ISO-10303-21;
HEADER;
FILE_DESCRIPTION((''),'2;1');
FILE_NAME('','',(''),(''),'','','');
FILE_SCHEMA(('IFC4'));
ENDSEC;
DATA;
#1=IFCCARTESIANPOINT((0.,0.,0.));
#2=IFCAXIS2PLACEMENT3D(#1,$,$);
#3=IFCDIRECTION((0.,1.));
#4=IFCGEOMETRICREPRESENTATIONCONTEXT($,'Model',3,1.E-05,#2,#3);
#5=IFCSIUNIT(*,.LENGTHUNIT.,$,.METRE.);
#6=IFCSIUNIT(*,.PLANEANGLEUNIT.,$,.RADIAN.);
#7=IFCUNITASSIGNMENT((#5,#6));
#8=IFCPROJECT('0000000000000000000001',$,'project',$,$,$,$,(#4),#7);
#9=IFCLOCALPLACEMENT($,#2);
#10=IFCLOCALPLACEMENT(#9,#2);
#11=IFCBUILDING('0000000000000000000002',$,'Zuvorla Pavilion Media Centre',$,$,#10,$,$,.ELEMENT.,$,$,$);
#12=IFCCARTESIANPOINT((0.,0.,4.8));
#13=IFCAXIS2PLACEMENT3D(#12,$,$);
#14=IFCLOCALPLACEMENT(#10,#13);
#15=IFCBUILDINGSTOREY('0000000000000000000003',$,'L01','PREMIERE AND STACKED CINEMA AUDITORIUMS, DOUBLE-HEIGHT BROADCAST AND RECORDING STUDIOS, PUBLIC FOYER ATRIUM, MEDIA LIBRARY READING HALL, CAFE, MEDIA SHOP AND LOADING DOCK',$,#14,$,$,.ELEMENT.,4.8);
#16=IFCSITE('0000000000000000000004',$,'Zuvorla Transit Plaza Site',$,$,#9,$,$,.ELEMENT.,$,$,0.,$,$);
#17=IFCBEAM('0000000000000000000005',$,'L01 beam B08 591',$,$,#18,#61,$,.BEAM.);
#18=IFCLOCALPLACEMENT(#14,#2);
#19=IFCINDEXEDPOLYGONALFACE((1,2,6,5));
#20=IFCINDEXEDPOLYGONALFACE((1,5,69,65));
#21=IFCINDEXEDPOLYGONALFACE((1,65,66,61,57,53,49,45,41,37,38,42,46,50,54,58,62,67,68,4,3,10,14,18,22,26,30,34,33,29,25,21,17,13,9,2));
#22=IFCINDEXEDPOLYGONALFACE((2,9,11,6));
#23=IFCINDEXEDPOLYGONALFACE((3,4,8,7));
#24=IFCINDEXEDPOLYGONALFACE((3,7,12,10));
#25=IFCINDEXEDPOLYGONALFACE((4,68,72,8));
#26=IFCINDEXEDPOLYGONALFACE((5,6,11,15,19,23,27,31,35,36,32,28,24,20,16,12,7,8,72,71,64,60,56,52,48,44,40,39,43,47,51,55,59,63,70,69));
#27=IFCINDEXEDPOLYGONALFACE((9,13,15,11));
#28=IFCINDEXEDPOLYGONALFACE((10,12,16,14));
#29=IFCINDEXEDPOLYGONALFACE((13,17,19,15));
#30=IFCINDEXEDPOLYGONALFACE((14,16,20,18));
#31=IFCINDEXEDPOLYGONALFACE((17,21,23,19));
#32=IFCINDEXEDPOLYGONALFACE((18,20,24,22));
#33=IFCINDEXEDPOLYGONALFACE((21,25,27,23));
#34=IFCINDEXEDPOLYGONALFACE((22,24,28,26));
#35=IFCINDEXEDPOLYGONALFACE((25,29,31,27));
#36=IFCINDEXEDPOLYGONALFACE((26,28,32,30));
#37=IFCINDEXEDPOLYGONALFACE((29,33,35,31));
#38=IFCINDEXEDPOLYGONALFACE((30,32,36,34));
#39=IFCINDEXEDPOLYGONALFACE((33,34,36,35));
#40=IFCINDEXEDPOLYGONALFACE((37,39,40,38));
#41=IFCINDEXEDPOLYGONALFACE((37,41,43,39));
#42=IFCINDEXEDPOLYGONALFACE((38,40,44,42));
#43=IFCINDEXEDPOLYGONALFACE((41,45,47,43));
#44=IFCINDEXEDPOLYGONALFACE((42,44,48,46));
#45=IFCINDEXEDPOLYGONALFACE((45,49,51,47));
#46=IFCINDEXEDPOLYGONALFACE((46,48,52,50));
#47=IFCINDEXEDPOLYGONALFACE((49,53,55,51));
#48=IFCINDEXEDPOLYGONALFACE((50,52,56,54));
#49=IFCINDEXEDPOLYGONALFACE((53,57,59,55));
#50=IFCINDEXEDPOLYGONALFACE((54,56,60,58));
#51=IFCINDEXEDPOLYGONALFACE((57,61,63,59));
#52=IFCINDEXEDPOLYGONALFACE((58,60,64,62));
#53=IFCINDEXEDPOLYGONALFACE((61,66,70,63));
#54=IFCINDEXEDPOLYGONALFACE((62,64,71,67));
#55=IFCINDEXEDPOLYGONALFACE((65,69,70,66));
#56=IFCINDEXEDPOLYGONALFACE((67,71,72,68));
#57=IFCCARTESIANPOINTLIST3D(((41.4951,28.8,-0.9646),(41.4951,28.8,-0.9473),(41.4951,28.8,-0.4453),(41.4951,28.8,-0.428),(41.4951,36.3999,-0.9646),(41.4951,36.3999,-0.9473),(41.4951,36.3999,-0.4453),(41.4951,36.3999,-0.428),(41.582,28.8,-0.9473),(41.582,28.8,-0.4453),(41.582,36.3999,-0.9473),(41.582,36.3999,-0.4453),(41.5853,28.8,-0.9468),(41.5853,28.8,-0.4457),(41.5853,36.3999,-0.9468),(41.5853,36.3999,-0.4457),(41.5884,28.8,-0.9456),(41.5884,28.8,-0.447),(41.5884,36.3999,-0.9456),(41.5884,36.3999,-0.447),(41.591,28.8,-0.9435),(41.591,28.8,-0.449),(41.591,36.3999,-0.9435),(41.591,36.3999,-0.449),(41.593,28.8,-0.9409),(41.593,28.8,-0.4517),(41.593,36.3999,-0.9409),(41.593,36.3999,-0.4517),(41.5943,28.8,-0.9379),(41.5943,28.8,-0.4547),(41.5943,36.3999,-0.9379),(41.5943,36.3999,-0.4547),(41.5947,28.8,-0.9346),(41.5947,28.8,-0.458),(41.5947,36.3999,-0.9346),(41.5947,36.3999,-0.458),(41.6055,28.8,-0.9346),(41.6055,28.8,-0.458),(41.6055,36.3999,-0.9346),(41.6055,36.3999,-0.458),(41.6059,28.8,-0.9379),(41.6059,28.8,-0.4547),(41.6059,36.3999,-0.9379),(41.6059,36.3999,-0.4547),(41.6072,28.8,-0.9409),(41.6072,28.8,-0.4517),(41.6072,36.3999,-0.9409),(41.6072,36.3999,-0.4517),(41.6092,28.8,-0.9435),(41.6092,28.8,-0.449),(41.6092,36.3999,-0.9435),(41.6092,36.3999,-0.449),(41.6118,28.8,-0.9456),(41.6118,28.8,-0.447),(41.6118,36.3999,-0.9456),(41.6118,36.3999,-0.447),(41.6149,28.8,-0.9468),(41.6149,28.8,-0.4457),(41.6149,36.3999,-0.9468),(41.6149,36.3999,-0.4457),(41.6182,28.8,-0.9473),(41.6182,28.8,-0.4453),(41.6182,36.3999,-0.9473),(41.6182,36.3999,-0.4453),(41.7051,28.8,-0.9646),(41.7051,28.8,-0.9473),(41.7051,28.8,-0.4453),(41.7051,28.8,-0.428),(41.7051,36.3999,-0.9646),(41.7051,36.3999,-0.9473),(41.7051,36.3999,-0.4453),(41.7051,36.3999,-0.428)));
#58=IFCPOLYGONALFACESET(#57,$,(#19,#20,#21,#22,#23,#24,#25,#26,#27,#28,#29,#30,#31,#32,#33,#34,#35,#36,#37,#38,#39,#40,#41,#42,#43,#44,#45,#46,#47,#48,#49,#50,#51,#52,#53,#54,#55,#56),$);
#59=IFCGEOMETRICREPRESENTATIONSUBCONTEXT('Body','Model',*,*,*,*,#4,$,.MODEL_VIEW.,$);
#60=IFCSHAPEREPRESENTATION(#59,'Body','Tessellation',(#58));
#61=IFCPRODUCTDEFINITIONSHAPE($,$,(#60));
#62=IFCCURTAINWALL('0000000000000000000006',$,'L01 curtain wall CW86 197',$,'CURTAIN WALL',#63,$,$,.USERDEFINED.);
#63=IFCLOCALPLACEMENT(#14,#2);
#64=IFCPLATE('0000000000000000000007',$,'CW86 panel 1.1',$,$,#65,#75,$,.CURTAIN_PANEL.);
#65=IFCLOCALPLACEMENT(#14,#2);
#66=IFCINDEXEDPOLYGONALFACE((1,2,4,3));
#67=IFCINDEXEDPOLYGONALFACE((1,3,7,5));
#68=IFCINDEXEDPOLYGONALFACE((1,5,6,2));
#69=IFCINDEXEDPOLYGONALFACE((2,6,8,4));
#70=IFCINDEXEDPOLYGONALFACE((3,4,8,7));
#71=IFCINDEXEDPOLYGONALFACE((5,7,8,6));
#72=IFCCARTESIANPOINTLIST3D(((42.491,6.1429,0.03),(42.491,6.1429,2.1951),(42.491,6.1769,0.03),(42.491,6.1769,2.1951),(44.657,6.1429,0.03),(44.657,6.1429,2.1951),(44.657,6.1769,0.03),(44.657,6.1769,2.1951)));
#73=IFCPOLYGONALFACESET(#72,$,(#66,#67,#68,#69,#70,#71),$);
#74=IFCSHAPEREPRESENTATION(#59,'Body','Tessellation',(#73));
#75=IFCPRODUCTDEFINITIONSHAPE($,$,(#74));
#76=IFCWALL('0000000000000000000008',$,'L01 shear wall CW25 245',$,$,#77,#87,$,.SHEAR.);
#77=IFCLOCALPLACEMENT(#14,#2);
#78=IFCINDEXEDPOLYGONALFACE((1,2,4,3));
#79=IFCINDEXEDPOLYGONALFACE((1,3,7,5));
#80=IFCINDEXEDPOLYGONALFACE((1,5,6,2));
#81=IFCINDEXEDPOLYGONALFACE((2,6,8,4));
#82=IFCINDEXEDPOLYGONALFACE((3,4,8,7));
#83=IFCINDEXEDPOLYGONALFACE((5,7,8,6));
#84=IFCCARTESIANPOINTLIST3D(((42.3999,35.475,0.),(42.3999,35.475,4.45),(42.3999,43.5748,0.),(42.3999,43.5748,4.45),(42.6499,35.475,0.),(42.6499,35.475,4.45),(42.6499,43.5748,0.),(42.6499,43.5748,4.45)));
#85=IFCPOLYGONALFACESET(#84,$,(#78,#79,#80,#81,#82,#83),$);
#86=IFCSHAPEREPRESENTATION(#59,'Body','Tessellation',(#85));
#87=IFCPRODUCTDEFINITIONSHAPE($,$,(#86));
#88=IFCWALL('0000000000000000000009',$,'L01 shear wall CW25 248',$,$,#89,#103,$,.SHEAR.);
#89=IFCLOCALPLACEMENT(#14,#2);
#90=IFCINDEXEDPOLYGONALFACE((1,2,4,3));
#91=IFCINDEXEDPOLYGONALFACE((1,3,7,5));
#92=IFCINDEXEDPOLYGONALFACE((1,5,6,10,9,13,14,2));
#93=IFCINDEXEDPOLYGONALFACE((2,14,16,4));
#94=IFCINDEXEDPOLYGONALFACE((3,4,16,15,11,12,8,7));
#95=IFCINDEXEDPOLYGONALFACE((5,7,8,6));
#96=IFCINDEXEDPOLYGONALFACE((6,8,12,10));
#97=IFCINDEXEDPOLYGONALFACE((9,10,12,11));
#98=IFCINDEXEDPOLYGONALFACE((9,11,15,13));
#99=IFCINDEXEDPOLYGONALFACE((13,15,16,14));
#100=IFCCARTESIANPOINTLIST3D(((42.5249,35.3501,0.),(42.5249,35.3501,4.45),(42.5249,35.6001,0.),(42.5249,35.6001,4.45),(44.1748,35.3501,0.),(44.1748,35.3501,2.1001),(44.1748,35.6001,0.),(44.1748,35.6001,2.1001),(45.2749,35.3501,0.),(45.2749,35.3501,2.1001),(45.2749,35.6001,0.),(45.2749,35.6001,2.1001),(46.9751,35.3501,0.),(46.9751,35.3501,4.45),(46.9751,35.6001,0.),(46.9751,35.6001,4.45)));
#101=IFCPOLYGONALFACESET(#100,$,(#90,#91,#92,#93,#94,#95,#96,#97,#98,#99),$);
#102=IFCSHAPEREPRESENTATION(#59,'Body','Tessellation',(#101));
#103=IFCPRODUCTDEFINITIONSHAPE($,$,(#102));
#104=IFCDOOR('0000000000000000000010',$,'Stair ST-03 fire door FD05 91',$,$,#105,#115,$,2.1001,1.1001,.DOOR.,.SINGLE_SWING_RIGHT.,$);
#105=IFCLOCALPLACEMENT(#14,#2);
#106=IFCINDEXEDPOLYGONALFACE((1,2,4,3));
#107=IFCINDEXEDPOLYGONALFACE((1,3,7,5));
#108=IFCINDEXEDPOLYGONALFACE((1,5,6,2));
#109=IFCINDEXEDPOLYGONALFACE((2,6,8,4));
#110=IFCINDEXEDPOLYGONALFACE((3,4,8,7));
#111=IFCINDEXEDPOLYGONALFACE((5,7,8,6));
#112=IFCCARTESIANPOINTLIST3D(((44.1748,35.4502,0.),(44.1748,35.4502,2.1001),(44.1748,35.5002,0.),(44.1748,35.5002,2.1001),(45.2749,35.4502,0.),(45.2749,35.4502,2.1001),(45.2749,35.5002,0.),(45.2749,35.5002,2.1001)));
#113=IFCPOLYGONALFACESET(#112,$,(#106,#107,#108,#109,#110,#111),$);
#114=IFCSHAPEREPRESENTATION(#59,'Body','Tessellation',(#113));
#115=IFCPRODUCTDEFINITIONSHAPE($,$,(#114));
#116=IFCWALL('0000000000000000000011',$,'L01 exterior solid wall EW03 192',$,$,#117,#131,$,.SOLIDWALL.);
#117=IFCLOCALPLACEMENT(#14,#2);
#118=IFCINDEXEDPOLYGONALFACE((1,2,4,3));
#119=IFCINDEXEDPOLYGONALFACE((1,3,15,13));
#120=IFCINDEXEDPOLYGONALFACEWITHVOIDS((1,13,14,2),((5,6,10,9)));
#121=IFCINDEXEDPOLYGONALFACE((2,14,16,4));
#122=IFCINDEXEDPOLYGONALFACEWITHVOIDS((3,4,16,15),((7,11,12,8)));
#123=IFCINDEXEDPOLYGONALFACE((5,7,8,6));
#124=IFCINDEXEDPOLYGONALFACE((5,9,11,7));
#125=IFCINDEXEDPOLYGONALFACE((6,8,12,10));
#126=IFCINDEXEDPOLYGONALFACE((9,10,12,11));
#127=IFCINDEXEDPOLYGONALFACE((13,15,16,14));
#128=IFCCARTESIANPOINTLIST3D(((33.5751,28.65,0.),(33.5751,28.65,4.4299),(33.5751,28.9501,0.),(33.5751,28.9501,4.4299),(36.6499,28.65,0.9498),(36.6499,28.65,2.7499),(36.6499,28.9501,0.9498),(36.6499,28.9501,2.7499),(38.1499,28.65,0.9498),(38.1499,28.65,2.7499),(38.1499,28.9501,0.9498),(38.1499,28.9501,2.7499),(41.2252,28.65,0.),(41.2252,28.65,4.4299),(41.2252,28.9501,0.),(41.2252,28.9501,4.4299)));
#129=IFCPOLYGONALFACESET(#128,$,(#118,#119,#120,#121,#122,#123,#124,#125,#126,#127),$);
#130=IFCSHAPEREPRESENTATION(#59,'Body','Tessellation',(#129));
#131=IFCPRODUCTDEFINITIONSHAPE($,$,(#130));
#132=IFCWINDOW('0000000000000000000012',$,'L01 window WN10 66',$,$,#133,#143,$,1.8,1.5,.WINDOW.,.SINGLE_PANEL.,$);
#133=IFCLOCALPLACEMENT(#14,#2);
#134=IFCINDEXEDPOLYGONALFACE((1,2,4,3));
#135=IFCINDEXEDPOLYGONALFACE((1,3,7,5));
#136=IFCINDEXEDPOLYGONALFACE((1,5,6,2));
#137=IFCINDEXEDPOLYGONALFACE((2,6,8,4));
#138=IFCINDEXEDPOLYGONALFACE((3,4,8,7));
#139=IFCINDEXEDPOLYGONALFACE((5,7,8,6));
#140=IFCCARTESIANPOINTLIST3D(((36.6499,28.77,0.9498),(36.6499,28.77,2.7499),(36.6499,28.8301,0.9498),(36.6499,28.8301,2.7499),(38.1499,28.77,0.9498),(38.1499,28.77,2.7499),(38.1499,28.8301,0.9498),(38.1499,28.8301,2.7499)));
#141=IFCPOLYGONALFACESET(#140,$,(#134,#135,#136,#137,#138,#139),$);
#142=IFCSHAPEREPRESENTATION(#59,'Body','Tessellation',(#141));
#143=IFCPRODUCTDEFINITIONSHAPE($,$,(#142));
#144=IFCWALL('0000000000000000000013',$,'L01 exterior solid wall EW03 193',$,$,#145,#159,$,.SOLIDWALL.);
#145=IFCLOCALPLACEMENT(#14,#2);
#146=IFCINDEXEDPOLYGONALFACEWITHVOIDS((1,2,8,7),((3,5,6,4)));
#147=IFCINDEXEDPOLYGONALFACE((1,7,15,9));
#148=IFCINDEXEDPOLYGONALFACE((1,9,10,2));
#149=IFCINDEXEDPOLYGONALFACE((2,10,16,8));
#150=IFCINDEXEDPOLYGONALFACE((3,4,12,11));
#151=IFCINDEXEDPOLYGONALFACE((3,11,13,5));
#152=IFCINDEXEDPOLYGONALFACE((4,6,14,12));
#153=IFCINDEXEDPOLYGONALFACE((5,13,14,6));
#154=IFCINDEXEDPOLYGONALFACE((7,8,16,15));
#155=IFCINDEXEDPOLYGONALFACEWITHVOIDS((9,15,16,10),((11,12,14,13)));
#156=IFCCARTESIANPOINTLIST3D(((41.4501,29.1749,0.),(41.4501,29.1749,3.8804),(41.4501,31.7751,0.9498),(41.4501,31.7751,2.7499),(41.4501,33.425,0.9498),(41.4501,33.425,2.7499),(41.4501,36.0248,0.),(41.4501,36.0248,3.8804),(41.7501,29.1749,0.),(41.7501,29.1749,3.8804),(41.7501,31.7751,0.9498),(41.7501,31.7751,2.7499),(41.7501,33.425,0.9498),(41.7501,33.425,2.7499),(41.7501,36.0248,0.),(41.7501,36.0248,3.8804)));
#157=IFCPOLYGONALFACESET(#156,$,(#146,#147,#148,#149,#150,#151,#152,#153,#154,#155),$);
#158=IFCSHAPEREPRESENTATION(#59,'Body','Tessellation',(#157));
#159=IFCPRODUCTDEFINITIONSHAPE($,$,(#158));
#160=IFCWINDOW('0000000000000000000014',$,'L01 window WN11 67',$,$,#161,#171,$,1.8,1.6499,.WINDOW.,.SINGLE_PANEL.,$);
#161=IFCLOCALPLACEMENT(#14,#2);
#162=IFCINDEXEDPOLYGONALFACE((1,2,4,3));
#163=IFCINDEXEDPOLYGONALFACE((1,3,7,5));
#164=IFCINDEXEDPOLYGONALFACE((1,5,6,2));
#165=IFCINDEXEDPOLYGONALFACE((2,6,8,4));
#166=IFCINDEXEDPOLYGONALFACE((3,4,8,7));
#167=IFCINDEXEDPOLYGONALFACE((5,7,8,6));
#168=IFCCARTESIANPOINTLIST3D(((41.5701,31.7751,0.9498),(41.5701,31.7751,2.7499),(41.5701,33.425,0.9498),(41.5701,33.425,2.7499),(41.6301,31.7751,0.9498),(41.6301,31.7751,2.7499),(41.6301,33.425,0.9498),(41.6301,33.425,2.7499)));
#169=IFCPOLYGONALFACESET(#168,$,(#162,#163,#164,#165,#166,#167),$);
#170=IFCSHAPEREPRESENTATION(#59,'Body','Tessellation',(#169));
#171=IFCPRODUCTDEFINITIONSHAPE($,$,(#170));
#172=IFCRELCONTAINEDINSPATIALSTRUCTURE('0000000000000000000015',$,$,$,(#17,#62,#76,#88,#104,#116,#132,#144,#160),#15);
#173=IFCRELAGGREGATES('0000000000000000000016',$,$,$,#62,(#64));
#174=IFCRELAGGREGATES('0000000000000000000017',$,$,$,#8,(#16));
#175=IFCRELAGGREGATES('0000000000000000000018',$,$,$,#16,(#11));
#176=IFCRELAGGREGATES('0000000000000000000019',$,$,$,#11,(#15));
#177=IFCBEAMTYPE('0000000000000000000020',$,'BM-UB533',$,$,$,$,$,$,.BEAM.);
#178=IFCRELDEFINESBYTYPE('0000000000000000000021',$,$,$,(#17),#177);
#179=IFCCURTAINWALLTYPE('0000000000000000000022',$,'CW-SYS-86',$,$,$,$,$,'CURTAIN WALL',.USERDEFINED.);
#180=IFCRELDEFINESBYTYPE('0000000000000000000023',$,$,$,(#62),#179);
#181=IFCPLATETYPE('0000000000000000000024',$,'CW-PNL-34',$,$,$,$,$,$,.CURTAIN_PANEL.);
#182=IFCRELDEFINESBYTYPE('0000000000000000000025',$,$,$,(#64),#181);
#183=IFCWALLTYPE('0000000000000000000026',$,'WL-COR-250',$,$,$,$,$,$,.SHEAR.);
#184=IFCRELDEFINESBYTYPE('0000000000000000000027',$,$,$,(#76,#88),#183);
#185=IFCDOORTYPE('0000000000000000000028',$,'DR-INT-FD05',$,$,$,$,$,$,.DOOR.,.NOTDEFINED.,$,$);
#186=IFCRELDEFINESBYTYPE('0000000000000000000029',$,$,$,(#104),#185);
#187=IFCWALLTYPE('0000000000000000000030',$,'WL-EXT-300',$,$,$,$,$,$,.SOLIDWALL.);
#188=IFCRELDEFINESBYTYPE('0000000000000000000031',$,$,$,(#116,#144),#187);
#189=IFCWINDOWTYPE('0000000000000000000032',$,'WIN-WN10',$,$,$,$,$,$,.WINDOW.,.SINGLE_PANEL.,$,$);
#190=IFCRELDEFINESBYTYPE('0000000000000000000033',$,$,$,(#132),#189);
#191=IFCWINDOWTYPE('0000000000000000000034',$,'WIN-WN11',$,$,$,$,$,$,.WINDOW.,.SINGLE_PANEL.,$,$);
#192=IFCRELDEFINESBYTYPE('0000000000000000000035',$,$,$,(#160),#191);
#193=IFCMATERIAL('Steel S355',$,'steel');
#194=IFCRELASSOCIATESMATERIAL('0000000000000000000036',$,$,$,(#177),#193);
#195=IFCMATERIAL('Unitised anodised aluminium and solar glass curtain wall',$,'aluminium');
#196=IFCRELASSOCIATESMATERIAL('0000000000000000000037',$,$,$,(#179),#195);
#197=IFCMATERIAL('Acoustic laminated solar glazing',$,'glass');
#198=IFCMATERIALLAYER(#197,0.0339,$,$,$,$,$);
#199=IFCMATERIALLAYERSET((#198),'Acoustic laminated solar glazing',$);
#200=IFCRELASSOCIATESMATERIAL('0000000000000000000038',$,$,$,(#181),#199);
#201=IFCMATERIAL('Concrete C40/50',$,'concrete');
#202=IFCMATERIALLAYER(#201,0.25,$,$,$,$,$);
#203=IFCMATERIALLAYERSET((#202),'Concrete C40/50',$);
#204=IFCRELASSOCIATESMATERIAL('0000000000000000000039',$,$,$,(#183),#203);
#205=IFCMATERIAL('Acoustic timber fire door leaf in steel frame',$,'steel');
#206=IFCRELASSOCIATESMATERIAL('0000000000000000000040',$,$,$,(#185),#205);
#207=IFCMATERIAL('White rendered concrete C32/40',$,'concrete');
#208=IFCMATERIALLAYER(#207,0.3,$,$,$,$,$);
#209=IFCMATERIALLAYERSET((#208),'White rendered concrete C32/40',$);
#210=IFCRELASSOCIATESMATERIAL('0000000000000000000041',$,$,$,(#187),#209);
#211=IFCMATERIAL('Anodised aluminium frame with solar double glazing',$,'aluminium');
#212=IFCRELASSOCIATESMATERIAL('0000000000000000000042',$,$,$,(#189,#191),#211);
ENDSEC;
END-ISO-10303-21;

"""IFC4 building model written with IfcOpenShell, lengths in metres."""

from ifc_helpers import new_model, si_unit, direction, frame, frame_2d, origin, origin_2d, place, context, subcontext, project, spatial, rectangle, i_section, extrude, material, layer, layer_set, material_profile, profile_set, type_object, element, fill, aggregate, save


model = new_model("IFC4")

# Units and contexts
model_context = context("Model", 3, precision=1e-05, world=origin(), true_north=direction((0.0, 1.0)))
body_context = subcontext(model_context, "Body", "Model", "MODEL_VIEW")
ifc_project = project(units=[si_unit("LENGTHUNIT", "METRE"), si_unit("PLANEANGLEUNIT", "RADIAN")], contexts=[model_context])

# Site, building, storey
site_placement = place(None, origin())
site = spatial("IfcSite", under=ifc_project, at=site_placement, Name="Zuvorla Transit Plaza Site", CompositionType="ELEMENT", RefElevation=0.0)
building_placement = place(site_placement, origin())
building = spatial("IfcBuilding", under=site, at=building_placement, Name="Zuvorla Pavilion Media Centre", CompositionType="ELEMENT")
storey_placement = place(building_placement, frame((0.0, 0.0, 4.8)))
storey = spatial("IfcBuildingStorey", under=building, at=storey_placement, Name="L01", Description="PREMIERE AND STACKED CINEMA AUDITORIUMS, DOUBLE-HEIGHT BROADCAST AND RECORDING STUDIOS, PUBLIC FOYER ATRIUM, MEDIA LIBRARY READING HALL, CAFE, MEDIA SHOP AND LOADING DOCK", CompositionType="ELEMENT", Elevation=4.8)

# Shared definitions
ifc_material_1 = material(Name="Concrete C40/50", Category="concrete")

# Beam
ifc_material_2 = material(Name="Steel S355", Category="steel")
ifc_material_profile_1 = material_profile(ifc_material_2, i_section(OverallWidth=0.21, OverallDepth=0.5366, WebThickness=0.0107, FlangeThickness=0.0173, FilletRadius=0.0127, at=origin_2d()), Name="UB 533x210x101")
ifc_profile_set_1 = profile_set([ifc_material_profile_1], Name="Steel S355")
beam_type_1 = type_object("IfcBeamType", Name="BM-UB533", PredefinedType="BEAM", material=ifc_profile_set_1)
beam_1_placement = place(storey_placement, frame((41.6001, 28.8, -0.6963), z_axis=(0.0, 1.0, 0.0), x_axis=(-1.0, 0.0, 0.0)))
element("IfcBeam", 1, at=beam_1_placement, inside=storey, type_object=beam_type_1, Name="L01 beam B08 591", PredefinedType="BEAM", context=body_context, shape_type="SweptSolid", body=[
    extrude(i_section(OverallWidth=0.21, OverallDepth=0.5366, WebThickness=0.0107, FlangeThickness=0.0173, FilletRadius=0.0127, at=origin_2d()), origin(), (0.0, 0.0, 1.0), 7.5999),
])

# Curtain wall, plate
ifc_material_3 = material(Name="Unitised anodised aluminium and solar glass curtain wall", Category="aluminium")
curtain_wall_type = type_object("IfcCurtainWallType", Name="CW-SYS-86", ElementType="CURTAIN WALL", PredefinedType="USERDEFINED", material=ifc_material_3)
curtain_wall_placement = place(storey_placement, origin())
curtain_wall = element("IfcCurtainWall", 2, at=curtain_wall_placement, inside=storey, type_object=curtain_wall_type, Name="L01 curtain wall CW86 197", ObjectType="CURTAIN WALL", PredefinedType="USERDEFINED")
ifc_material_4 = material(Name="Acoustic laminated solar glazing", Category="glass")
ifc_layer_1 = layer(ifc_material_4, 0.0339)
ifc_layer_set_1 = layer_set([ifc_layer_1], Name="Acoustic laminated solar glazing")
plate_type = type_object("IfcPlateType", Name="CW-PNL-34", PredefinedType="CURTAIN_PANEL", material=ifc_layer_set_1)
plate_placement = place(storey_placement, frame((43.574, 6.1599, 0.03), z_axis=(0.0, 0.0, 1.0), x_axis=(1.0, 0.0, 0.0)))
plate = element("IfcPlate", 3, at=plate_placement, type_object=plate_type, Name="CW86 panel 1.1", PredefinedType="CURTAIN_PANEL", context=body_context, shape_type="SweptSolid", body=[
    extrude(rectangle(XDim=2.166, YDim=0.0339, at=origin_2d()), origin(), (0.0, 0.0, 1.0), 2.165),
])
aggregate(curtain_wall, [plate])

# Wall
ifc_layer_2 = layer(ifc_material_1, 0.25)
ifc_layer_set_2 = layer_set([ifc_layer_2], Name="Concrete C40/50")
wall_type_1 = type_object("IfcWallType", Name="WL-COR-250", PredefinedType="SHEAR", material=ifc_layer_set_2)
wall_1_placement = place(storey_placement, frame((42.5249, 35.4751, 0.0), z_axis=(0.0, 0.0, 1.0), x_axis=(0.0, 1.0, 0.0)))
element("IfcWall", 4, at=wall_1_placement, inside=storey, type_object=wall_type_1, Name="L01 shear wall CW25 245", PredefinedType="SHEAR", context=body_context, shape_type="SweptSolid", body=[
    extrude(rectangle(XDim=8.0999, YDim=0.25, at=frame_2d((4.0498, 0.0))), origin(), (0.0, 0.0, 1.0), 4.45),
])

# Wall, opening, door
wall_2_placement = place(storey_placement, frame((42.5249, 35.4751, 0.0), z_axis=(0.0, 0.0, 1.0), x_axis=(1.0, 0.0, 0.0)))
wall_2 = element("IfcWall", 5, at=wall_2_placement, inside=storey, type_object=wall_type_1, Name="L01 shear wall CW25 248", PredefinedType="SHEAR", context=body_context, shape_type="SweptSolid", body=[
    extrude(rectangle(XDim=4.4502, YDim=0.25, at=frame_2d((2.2251, 0.0))), origin(), (0.0, 0.0, 1.0), 4.45),
])
opening_1_placement = place(wall_2_placement, frame((1.6499, 0.0, 0.0)))
opening_1 = element("IfcOpeningElement", 6, at=opening_1_placement, cuts=wall_2, PredefinedType="OPENING", context=body_context, shape_type="SweptSolid", body=[
    extrude(rectangle(XDim=1.1001, YDim=2.1001, at=frame_2d((0.55, 1.05))), frame((0.0, 0.135, 0.0), z_axis=(0.0, -1.0, 0.0), x_axis=(1.0, 0.0, 0.0)), (0.0, 0.0, 1.0), 0.27),
])
ifc_material_5 = material(Name="Acoustic timber fire door leaf in steel frame", Category="steel")
door_type = type_object("IfcDoorType", Name="DR-INT-FD05", OperationType="NOTDEFINED", PredefinedType="DOOR", material=ifc_material_5)
door_placement = place(opening_1_placement, frame((1.1001, 0.0, 0.0), z_axis=(0.0, 0.0, 1.0), x_axis=(-1.0, 0.0, 0.0)))
door = element("IfcDoor", 7, at=door_placement, inside=storey, type_object=door_type, Name="Stair ST-03 fire door FD05 91", OperationType="SINGLE_SWING_RIGHT", OverallHeight=2.1001, OverallWidth=1.1001, PredefinedType="DOOR", context=body_context, shape_type="SweptSolid", body=[
    extrude(rectangle(XDim=1.1001, YDim=2.1001, at=frame_2d((0.55, 1.05))), frame((0.0, 0.0249, 0.0), z_axis=(0.0, -1.0, 0.0), x_axis=(1.0, 0.0, 0.0)), (0.0, 0.0, 1.0), 0.05),
])
fill(opening_1, door)

# Walls, openings, windows
ifc_material_6 = material(Name="White rendered concrete C32/40", Category="concrete")
ifc_layer_3 = layer(ifc_material_6, 0.3)
ifc_layer_set_3 = layer_set([ifc_layer_3], Name="White rendered concrete C32/40")
wall_type_2 = type_object("IfcWallType", Name="WL-EXT-300", PredefinedType="SOLIDWALL", material=ifc_layer_set_3)
wall_3_placement = place(storey_placement, frame((33.575, 28.8, 0.0), z_axis=(0.0, 0.0, 1.0), x_axis=(1.0, 0.0, 0.0)))
wall_3 = element("IfcWall", 8, at=wall_3_placement, inside=storey, type_object=wall_type_2, Name="L01 exterior solid wall EW03 192", PredefinedType="SOLIDWALL", context=body_context, shape_type="SweptSolid", body=[
    extrude(rectangle(XDim=7.6501, YDim=0.3, at=frame_2d((3.8252, 0.0))), origin(), (0.0, 0.0, 1.0), 4.4299),
])
opening_2_placement = place(wall_3_placement, frame((3.075, 0.0, 0.95)))
opening_2 = element("IfcOpeningElement", 9, at=opening_2_placement, cuts=wall_3, PredefinedType="OPENING", context=body_context, shape_type="SweptSolid", body=[
    extrude(rectangle(XDim=1.5, YDim=1.8, at=frame_2d((0.75, 0.8999))), frame((0.0, 0.1599, 0.0), z_axis=(0.0, -1.0, 0.0), x_axis=(1.0, 0.0, 0.0)), (0.0, 0.0, 1.0), 0.3201),
])
ifc_material_7 = material(Name="Anodised aluminium frame with solar double glazing", Category="aluminium")
window_type_1 = type_object("IfcWindowType", Name="WIN-WN10", PartitioningType="SINGLE_PANEL", PredefinedType="WINDOW", material=ifc_material_7)
window_1_placement = place(opening_2_placement, origin())
window_1 = element("IfcWindow", 10, at=window_1_placement, inside=storey, type_object=window_type_1, Name="L01 window WN10 66", OverallHeight=1.8, OverallWidth=1.5, PartitioningType="SINGLE_PANEL", PredefinedType="WINDOW", context=body_context, shape_type="SweptSolid", body=[
    extrude(rectangle(XDim=1.5, YDim=1.8, at=frame_2d((0.75, 0.8999))), frame((0.0, 0.03, 0.0), z_axis=(0.0, -1.0, 0.0), x_axis=(1.0, 0.0, 0.0)), (0.0, 0.0, 1.0), 0.0601),
])
fill(opening_2, window_1)
wall_4_placement = place(storey_placement, frame((41.6001, 29.175, 0.0), z_axis=(0.0, 0.0, 1.0), x_axis=(0.0, 1.0, 0.0)))
wall_4 = element("IfcWall", 11, at=wall_4_placement, inside=storey, type_object=wall_type_2, Name="L01 exterior solid wall EW03 193", PredefinedType="SOLIDWALL", context=body_context, shape_type="SweptSolid", body=[
    extrude(rectangle(XDim=6.8499, YDim=0.3, at=frame_2d((3.4248, 0.0))), origin(), (0.0, 0.0, 1.0), 3.8804),
])
opening_3_placement = place(wall_4_placement, frame((2.6001, 0.0, 0.95)))
opening_3 = element("IfcOpeningElement", 12, at=opening_3_placement, cuts=wall_4, PredefinedType="OPENING", context=body_context, shape_type="SweptSolid", body=[
    extrude(rectangle(XDim=1.6499, YDim=1.8, at=frame_2d((0.825, 0.8999))), frame((0.0, 0.1599, 0.0), z_axis=(0.0, -1.0, 0.0), x_axis=(1.0, 0.0, 0.0)), (0.0, 0.0, 1.0), 0.3201),
])
window_type_2 = type_object("IfcWindowType", Name="WIN-WN11", PartitioningType="SINGLE_PANEL", PredefinedType="WINDOW", material=ifc_material_7)
window_2_placement = place(opening_3_placement, origin())
window_2 = element("IfcWindow", 13, at=window_2_placement, inside=storey, type_object=window_type_2, Name="L01 window WN11 67", OverallHeight=1.8, OverallWidth=1.6499, PartitioningType="SINGLE_PANEL", PredefinedType="WINDOW", context=body_context, shape_type="SweptSolid", body=[
    extrude(rectangle(XDim=1.6499, YDim=1.8, at=frame_2d((0.825, 0.8999))), frame((0.0, 0.03, 0.0), z_axis=(0.0, -1.0, 0.0), x_axis=(1.0, 0.0, 0.0)), (0.0, 0.0, 1.0), 0.0601),
])
fill(opening_3, window_2)

save(model, "model.ifc")
